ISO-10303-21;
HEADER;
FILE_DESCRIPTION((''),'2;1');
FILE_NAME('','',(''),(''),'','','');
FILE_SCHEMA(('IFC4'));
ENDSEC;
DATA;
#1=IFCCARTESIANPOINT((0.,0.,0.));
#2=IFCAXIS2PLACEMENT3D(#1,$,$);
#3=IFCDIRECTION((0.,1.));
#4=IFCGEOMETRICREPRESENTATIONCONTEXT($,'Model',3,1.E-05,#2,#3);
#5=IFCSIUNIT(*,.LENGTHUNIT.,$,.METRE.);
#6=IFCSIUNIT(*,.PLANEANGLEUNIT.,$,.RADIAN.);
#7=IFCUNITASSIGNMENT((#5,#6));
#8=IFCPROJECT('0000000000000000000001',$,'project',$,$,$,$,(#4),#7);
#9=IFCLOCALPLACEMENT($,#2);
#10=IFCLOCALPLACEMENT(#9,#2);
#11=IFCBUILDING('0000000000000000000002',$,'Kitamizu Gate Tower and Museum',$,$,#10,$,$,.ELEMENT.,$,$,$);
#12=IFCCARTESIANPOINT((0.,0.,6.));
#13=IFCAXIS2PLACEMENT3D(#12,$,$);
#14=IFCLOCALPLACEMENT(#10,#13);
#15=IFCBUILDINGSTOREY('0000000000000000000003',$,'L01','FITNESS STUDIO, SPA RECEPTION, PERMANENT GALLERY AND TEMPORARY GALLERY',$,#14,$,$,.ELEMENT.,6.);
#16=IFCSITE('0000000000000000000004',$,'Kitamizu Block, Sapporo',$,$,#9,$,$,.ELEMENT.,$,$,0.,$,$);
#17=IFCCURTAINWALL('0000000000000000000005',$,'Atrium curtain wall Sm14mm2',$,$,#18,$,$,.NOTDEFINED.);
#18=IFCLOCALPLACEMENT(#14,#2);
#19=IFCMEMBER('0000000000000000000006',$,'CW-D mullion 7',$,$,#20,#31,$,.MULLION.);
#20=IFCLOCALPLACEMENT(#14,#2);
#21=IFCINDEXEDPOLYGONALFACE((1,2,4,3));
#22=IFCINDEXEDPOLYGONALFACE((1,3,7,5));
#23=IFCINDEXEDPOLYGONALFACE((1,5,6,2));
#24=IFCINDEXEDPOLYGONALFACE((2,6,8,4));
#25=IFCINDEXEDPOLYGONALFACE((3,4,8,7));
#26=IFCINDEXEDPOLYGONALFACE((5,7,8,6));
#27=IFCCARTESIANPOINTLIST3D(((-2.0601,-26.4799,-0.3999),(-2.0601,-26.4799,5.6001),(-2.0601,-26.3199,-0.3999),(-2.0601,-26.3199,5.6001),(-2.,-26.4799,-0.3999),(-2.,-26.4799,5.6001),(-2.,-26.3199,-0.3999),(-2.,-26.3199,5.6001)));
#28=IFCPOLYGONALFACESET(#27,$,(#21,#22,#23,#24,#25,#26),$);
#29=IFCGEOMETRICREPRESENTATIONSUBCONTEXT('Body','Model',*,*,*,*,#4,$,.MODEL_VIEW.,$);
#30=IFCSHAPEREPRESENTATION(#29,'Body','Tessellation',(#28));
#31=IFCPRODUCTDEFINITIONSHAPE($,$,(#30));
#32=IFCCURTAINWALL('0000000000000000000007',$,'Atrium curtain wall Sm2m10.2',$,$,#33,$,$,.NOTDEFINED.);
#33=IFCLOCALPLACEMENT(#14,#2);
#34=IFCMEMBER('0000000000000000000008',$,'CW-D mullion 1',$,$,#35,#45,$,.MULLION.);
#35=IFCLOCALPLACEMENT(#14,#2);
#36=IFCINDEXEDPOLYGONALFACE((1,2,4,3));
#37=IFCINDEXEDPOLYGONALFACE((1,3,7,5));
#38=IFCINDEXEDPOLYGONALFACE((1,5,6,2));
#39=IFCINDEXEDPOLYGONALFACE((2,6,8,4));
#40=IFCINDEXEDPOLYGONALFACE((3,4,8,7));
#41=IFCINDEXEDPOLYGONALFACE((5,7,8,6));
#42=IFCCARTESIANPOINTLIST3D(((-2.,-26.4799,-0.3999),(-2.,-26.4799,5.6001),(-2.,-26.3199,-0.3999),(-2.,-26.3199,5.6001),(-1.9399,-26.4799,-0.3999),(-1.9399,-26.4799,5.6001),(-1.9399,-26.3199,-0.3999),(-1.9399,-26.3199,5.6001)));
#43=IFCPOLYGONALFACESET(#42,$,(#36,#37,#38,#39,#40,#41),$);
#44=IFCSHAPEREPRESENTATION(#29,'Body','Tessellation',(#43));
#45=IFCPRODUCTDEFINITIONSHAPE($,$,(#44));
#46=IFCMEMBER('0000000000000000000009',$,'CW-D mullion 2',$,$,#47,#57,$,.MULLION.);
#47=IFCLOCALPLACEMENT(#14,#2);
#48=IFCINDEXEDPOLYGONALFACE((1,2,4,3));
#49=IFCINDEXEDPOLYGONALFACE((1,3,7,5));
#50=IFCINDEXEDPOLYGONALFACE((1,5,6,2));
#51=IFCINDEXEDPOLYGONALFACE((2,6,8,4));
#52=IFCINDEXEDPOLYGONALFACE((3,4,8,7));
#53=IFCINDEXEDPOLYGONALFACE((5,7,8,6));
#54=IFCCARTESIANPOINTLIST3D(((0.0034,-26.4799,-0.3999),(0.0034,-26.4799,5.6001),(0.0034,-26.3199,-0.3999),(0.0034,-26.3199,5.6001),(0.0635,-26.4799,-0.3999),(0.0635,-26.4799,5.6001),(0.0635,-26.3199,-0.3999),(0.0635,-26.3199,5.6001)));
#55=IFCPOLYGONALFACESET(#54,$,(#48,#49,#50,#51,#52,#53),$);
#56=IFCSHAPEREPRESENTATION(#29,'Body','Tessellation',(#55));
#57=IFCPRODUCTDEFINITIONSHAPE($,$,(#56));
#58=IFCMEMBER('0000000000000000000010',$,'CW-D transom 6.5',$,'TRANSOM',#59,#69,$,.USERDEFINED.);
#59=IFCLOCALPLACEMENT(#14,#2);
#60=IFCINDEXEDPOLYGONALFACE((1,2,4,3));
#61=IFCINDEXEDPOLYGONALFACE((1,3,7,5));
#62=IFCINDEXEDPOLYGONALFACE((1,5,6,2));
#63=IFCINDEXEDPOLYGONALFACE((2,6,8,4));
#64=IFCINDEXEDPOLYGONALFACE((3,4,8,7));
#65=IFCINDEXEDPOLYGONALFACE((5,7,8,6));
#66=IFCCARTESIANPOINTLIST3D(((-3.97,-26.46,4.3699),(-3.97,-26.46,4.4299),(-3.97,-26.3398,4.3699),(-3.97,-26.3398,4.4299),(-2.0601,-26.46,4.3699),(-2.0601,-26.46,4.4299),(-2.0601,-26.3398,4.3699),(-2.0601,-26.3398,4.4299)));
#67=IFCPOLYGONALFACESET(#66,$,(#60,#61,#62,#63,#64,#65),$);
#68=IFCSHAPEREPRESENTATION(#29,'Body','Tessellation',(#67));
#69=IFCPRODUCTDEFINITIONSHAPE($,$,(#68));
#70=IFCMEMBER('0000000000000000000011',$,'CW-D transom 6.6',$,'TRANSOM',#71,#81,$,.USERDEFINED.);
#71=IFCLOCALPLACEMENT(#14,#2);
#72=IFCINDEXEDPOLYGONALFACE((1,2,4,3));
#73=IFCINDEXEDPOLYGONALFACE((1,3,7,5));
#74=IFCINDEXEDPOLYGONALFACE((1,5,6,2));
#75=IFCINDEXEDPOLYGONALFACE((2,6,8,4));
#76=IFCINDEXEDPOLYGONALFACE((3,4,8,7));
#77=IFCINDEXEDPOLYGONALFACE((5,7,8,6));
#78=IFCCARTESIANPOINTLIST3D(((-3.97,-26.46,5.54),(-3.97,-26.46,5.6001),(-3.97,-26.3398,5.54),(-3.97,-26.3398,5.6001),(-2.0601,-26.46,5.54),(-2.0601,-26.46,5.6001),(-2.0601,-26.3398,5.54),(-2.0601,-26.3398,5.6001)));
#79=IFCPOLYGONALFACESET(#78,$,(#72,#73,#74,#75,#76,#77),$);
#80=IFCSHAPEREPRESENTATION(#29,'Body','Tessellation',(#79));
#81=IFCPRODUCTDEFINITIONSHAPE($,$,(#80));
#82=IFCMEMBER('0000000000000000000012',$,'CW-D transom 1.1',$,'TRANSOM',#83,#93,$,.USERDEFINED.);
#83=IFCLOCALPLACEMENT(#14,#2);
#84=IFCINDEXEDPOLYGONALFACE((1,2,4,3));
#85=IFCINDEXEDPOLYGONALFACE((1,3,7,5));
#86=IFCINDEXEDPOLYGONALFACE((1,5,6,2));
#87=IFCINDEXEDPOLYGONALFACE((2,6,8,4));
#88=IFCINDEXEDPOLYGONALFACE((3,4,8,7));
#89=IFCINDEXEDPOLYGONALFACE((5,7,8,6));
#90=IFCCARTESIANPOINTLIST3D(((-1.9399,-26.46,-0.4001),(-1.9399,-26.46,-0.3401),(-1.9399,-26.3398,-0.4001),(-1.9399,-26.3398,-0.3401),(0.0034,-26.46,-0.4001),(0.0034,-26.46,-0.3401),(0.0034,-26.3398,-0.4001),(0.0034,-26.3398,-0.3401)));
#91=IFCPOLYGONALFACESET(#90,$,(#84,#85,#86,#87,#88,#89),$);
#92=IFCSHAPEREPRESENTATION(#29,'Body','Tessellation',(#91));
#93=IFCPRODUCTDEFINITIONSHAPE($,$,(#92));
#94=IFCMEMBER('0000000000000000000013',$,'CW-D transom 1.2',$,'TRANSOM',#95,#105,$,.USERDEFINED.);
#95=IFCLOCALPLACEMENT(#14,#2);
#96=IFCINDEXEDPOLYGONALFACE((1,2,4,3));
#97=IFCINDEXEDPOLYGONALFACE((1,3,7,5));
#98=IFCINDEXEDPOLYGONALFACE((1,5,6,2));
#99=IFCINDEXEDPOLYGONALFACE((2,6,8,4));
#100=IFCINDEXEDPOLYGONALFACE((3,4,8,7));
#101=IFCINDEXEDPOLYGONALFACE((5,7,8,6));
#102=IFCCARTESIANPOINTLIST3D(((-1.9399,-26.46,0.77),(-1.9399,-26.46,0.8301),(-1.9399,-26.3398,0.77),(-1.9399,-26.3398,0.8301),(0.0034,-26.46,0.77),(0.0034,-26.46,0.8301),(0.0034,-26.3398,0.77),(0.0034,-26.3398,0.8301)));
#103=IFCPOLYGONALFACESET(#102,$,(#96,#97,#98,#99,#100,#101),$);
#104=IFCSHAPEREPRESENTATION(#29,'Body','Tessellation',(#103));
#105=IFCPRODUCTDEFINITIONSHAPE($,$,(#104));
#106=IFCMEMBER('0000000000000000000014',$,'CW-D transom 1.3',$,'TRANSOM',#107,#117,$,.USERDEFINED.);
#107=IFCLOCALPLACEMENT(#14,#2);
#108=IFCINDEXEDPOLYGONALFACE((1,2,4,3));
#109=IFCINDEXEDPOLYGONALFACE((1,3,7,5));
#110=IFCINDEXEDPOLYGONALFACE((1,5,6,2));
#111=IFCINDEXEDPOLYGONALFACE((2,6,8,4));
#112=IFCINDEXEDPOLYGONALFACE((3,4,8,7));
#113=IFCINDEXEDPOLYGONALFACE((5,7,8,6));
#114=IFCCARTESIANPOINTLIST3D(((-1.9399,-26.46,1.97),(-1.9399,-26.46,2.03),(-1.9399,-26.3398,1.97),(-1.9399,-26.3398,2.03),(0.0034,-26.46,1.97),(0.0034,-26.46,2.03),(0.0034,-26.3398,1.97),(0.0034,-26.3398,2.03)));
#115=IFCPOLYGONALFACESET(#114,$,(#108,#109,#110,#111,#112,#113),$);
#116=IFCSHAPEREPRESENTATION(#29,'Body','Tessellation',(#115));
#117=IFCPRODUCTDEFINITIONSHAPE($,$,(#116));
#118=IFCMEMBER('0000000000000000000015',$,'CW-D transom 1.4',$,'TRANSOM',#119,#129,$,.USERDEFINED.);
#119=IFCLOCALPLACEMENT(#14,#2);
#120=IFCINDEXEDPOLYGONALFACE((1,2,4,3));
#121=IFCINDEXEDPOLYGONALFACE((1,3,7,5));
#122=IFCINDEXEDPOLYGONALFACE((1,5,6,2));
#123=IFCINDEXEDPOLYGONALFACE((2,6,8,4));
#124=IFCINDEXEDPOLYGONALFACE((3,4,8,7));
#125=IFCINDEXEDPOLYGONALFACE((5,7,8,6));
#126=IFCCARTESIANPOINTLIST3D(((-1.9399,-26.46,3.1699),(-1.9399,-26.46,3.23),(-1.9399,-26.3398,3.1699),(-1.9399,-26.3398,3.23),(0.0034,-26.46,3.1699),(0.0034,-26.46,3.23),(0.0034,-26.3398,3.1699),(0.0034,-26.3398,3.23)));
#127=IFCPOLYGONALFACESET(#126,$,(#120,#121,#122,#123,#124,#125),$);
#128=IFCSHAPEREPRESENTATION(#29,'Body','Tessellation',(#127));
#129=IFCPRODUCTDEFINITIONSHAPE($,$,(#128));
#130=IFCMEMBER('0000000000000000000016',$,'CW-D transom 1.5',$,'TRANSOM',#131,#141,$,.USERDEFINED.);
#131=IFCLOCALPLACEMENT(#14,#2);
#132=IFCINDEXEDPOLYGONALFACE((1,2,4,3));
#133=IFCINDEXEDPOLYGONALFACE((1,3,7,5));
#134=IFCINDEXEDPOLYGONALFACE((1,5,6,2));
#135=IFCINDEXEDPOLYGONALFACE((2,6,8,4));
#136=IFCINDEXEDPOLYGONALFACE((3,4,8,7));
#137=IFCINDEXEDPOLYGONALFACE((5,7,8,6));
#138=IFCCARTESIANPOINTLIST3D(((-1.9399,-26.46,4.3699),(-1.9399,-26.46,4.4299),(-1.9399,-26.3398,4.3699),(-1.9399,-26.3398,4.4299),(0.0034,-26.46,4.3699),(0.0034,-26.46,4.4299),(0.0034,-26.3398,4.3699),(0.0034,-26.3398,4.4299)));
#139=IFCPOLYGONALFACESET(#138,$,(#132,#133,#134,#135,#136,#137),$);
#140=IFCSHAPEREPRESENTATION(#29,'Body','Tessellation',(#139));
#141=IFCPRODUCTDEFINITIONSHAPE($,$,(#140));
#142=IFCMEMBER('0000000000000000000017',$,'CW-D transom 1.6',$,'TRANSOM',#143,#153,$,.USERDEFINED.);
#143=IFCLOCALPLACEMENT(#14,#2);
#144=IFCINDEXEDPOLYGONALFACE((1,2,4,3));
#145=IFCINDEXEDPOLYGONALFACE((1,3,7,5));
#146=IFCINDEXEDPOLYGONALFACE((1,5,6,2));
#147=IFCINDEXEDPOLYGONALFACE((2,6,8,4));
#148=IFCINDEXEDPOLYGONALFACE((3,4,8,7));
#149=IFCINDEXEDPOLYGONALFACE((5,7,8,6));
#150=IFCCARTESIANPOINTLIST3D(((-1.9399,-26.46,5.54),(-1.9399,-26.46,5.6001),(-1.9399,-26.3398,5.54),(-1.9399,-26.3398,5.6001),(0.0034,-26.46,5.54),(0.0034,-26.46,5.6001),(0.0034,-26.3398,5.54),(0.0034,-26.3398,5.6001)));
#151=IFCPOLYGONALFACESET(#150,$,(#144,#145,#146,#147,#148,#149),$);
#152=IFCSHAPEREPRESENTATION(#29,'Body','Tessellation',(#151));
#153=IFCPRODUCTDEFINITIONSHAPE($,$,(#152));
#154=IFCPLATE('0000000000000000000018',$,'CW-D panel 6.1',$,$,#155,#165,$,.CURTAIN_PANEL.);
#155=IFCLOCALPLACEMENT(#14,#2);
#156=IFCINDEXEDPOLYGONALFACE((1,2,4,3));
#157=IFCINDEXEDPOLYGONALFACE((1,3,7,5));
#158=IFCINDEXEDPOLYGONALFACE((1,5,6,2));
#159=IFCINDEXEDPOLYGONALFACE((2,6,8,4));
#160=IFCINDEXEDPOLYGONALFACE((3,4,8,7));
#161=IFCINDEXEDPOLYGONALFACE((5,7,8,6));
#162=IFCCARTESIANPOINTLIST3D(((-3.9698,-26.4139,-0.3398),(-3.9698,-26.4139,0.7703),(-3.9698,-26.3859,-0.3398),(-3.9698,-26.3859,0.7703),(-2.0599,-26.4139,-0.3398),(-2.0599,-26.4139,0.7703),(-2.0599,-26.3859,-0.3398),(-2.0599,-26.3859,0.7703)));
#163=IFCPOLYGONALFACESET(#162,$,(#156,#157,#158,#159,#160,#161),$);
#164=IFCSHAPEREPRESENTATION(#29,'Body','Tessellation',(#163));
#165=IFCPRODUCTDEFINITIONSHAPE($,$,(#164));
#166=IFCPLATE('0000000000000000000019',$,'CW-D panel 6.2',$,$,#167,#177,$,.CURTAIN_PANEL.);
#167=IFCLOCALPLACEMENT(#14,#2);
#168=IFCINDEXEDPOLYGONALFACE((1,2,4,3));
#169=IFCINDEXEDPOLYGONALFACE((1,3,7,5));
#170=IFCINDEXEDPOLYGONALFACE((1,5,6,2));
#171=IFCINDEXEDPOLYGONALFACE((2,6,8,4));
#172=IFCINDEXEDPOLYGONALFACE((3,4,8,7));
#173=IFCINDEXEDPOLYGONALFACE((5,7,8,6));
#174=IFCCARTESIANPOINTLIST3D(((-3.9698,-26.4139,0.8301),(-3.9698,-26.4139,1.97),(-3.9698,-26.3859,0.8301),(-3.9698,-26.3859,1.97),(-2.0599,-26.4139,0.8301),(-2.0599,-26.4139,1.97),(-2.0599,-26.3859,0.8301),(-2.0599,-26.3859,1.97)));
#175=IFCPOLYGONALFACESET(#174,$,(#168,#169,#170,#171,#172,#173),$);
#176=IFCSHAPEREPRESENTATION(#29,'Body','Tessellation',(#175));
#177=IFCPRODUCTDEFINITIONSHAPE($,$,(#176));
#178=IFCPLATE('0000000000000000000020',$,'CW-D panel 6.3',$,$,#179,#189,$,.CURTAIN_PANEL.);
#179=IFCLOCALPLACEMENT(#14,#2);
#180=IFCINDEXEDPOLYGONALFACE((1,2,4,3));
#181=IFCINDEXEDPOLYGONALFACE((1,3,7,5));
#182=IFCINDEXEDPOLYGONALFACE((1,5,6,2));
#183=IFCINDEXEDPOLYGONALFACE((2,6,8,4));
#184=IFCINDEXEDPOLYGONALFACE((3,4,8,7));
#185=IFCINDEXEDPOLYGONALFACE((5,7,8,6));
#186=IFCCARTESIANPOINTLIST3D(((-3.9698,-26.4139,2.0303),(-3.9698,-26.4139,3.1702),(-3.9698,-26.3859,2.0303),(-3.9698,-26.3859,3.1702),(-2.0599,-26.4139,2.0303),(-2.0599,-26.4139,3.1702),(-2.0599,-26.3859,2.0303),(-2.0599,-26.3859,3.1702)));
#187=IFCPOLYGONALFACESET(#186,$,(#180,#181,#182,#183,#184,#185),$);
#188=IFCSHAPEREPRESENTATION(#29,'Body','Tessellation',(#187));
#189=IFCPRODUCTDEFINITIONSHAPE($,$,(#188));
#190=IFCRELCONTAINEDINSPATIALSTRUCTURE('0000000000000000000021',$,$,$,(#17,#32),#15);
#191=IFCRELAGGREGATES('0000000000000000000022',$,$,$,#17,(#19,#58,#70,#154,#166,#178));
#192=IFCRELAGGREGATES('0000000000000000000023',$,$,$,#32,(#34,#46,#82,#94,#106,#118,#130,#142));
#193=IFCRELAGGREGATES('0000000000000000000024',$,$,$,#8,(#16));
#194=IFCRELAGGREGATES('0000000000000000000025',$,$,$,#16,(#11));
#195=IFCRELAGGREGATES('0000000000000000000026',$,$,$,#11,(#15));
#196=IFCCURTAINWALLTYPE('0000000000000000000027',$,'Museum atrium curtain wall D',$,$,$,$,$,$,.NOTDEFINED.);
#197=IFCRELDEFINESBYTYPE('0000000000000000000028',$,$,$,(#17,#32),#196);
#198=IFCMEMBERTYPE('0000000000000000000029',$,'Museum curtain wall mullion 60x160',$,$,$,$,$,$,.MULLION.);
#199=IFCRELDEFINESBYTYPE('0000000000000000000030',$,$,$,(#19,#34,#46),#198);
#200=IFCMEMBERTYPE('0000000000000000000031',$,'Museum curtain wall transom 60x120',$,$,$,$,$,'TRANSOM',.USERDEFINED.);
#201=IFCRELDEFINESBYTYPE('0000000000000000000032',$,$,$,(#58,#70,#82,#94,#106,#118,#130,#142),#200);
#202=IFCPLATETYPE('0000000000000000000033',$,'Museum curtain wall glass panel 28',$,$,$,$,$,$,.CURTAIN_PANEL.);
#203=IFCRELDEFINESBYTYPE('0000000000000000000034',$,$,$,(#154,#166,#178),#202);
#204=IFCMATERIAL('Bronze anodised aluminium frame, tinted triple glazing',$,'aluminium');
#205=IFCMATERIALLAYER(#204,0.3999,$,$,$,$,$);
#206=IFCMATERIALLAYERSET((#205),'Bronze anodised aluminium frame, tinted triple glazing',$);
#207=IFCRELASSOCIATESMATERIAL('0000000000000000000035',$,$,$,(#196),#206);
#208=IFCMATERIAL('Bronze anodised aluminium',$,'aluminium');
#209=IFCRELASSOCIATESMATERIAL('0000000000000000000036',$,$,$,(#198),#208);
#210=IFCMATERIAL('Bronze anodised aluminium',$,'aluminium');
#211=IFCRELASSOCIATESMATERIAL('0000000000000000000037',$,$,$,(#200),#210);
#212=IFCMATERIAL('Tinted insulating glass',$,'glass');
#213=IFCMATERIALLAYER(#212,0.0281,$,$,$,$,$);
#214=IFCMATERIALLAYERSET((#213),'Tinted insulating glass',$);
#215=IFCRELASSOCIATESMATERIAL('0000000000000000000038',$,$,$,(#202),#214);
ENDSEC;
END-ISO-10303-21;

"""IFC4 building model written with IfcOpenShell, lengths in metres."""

from ifc_helpers import new_model, si_unit, direction, frame, origin, origin_2d, place, context, subcontext, project, spatial, rectangle, extrude, material, layer, layer_set, material_profile, profile_set, type_object, element, aggregate, save


model = new_model("IFC4")

# Units and contexts
model_context = context("Model", 3, precision=1e-05, world=origin(), true_north=direction((0.0, 1.0)))
body_context = subcontext(model_context, "Body", "Model", "MODEL_VIEW")
ifc_project = project(units=[si_unit("LENGTHUNIT", "METRE"), si_unit("PLANEANGLEUNIT", "RADIAN")], contexts=[model_context])

# Site, building, storey
site_placement = place(None, origin())
site = spatial("IfcSite", under=ifc_project, at=site_placement, Name="Kitamizu Block, Sapporo", CompositionType="ELEMENT", RefElevation=0.0)
building_placement = place(site_placement, origin())
building = spatial("IfcBuilding", under=site, at=building_placement, Name="Kitamizu Gate Tower and Museum", CompositionType="ELEMENT")
storey_placement = place(building_placement, frame((0.0, 0.0, 6.0)))
storey = spatial("IfcBuildingStorey", under=building, at=storey_placement, Name="L01", Description="FITNESS STUDIO, SPA RECEPTION, PERMANENT GALLERY AND TEMPORARY GALLERY", CompositionType="ELEMENT", Elevation=6.0)

# Curtain wall, member
ifc_material_1 = material(Name="Bronze anodised aluminium frame, tinted triple glazing", Category="aluminium")
ifc_layer_1 = layer(ifc_material_1, 0.3999)
ifc_layer_set_1 = layer_set([ifc_layer_1], Name="Bronze anodised aluminium frame, tinted triple glazing")
curtain_wall_type = type_object("IfcCurtainWallType", Name="Museum atrium curtain wall D", PredefinedType="NOTDEFINED", material=ifc_layer_set_1)
curtain_wall_1_placement = place(storey_placement, origin())
curtain_wall_1 = element("IfcCurtainWall", 1, at=curtain_wall_1_placement, inside=storey, type_object=curtain_wall_type, Name="Atrium curtain wall Sm14mm2", PredefinedType="NOTDEFINED")
ifc_material_2 = material(Name="Bronze anodised aluminium", Category="aluminium")
ifc_material_profile_1 = material_profile(ifc_material_2, rectangle(XDim=0.0601, YDim=0.1599, at=origin_2d()), Name="60x160")
ifc_profile_set_1 = profile_set([ifc_material_profile_1], Name="Bronze anodised aluminium")
member_type_1 = type_object("IfcMemberType", Name="Museum curtain wall mullion 60x160", PredefinedType="MULLION", material=ifc_profile_set_1)
member_1_placement = place(storey_placement, frame((-2.03, -26.3999, -0.3999), z_axis=(0.0, 0.0, 1.0), x_axis=(1.0, 0.0, 0.0)))
member_1 = element("IfcMember", 2, at=member_1_placement, type_object=member_type_1, Name="CW-D mullion 7", PredefinedType="MULLION", context=body_context, shape_type="SweptSolid", body=[
    extrude(rectangle(XDim=0.0601, YDim=0.1599, at=origin_2d()), origin(), (0.0, 0.0, 1.0), 6.0),
])

# Curtain wall, members
curtain_wall_2_placement = place(storey_placement, origin())
curtain_wall_2 = element("IfcCurtainWall", 3, at=curtain_wall_2_placement, inside=storey, type_object=curtain_wall_type, Name="Atrium curtain wall Sm2m10.2", PredefinedType="NOTDEFINED")
member_2_placement = place(storey_placement, frame((-1.97, -26.3999, -0.3999), z_axis=(0.0, 0.0, 1.0), x_axis=(1.0, 0.0, 0.0)))
member_2 = element("IfcMember", 4, at=member_2_placement, type_object=member_type_1, Name="CW-D mullion 1", PredefinedType="MULLION", context=body_context, shape_type="SweptSolid", body=[
    extrude(rectangle(XDim=0.0601, YDim=0.1599, at=origin_2d()), origin(), (0.0, 0.0, 1.0), 6.0),
])
member_3_placement = place(storey_placement, frame((0.0334, -26.3999, -0.3999), z_axis=(0.0, 0.0, 1.0), x_axis=(1.0, 0.0, 0.0)))
member_3 = element("IfcMember", 5, at=member_3_placement, type_object=member_type_1, Name="CW-D mullion 2", PredefinedType="MULLION", context=body_context, shape_type="SweptSolid", body=[
    extrude(rectangle(XDim=0.0601, YDim=0.1599, at=origin_2d()), origin(), (0.0, 0.0, 1.0), 6.0),
])

# Members
ifc_material_3 = material(Name="Bronze anodised aluminium", Category="aluminium")
ifc_material_profile_2 = material_profile(ifc_material_3, rectangle(XDim=0.1201, YDim=0.0601, at=origin_2d()), Name="120x60")
ifc_profile_set_2 = profile_set([ifc_material_profile_2], Name="Bronze anodised aluminium")
member_type_2 = type_object("IfcMemberType", Name="Museum curtain wall transom 60x120", ElementType="TRANSOM", PredefinedType="USERDEFINED", material=ifc_profile_set_2)
member_4_placement = place(storey_placement, frame((-3.97, -26.3999, 4.3999), z_axis=(1.0, 0.0, 0.0), x_axis=(0.0, 1.0, 0.0)))
member_4 = element("IfcMember", 6, at=member_4_placement, type_object=member_type_2, Name="CW-D transom 6.5", ObjectType="TRANSOM", PredefinedType="USERDEFINED", context=body_context, shape_type="SweptSolid", body=[
    extrude(rectangle(XDim=0.1201, YDim=0.0601, at=origin_2d()), origin(), (0.0, 0.0, 1.0), 1.9099),
])
member_5_placement = place(storey_placement, frame((-3.97, -26.3999, 5.5701), z_axis=(1.0, 0.0, 0.0), x_axis=(0.0, 1.0, 0.0)))
member_5 = element("IfcMember", 7, at=member_5_placement, type_object=member_type_2, Name="CW-D transom 6.6", ObjectType="TRANSOM", PredefinedType="USERDEFINED", context=body_context, shape_type="SweptSolid", body=[
    extrude(rectangle(XDim=0.1201, YDim=0.0601, at=origin_2d()), origin(), (0.0, 0.0, 1.0), 1.9099),
])
member_6_placement = place(storey_placement, frame((-1.9399, -26.3999, -0.3701), z_axis=(1.0, 0.0, 0.0), x_axis=(0.0, 1.0, 0.0)))
member_6 = element("IfcMember", 8, at=member_6_placement, type_object=member_type_2, Name="CW-D transom 1.1", ObjectType="TRANSOM", PredefinedType="USERDEFINED", context=body_context, shape_type="SweptSolid", body=[
    extrude(rectangle(XDim=0.1201, YDim=0.0601, at=origin_2d()), origin(), (0.0, 0.0, 1.0), 1.9434),
])
member_7_placement = place(storey_placement, frame((-1.9399, -26.3999, 0.8), z_axis=(1.0, 0.0, 0.0), x_axis=(0.0, 1.0, 0.0)))
member_7 = element("IfcMember", 9, at=member_7_placement, type_object=member_type_2, Name="CW-D transom 1.2", ObjectType="TRANSOM", PredefinedType="USERDEFINED", context=body_context, shape_type="SweptSolid", body=[
    extrude(rectangle(XDim=0.1201, YDim=0.0601, at=origin_2d()), origin(), (0.0, 0.0, 1.0), 1.9434),
])
member_8_placement = place(storey_placement, frame((-1.9399, -26.3999, 2.0), z_axis=(1.0, 0.0, 0.0), x_axis=(0.0, 1.0, 0.0)))
member_8 = element("IfcMember", 10, at=member_8_placement, type_object=member_type_2, Name="CW-D transom 1.3", ObjectType="TRANSOM", PredefinedType="USERDEFINED", context=body_context, shape_type="SweptSolid", body=[
    extrude(rectangle(XDim=0.1201, YDim=0.0601, at=origin_2d()), origin(), (0.0, 0.0, 1.0), 1.9434),
])
member_9_placement = place(storey_placement, frame((-1.9399, -26.3999, 3.2), z_axis=(1.0, 0.0, 0.0), x_axis=(0.0, 1.0, 0.0)))
member_9 = element("IfcMember", 11, at=member_9_placement, type_object=member_type_2, Name="CW-D transom 1.4", ObjectType="TRANSOM", PredefinedType="USERDEFINED", context=body_context, shape_type="SweptSolid", body=[
    extrude(rectangle(XDim=0.1201, YDim=0.0601, at=origin_2d()), origin(), (0.0, 0.0, 1.0), 1.9434),
])
member_10_placement = place(storey_placement, frame((-1.9399, -26.3999, 4.3999), z_axis=(1.0, 0.0, 0.0), x_axis=(0.0, 1.0, 0.0)))
member_10 = element("IfcMember", 12, at=member_10_placement, type_object=member_type_2, Name="CW-D transom 1.5", ObjectType="TRANSOM", PredefinedType="USERDEFINED", context=body_context, shape_type="SweptSolid", body=[
    extrude(rectangle(XDim=0.1201, YDim=0.0601, at=origin_2d()), origin(), (0.0, 0.0, 1.0), 1.9434),
])
member_11_placement = place(storey_placement, frame((-1.9399, -26.3999, 5.5701), z_axis=(1.0, 0.0, 0.0), x_axis=(0.0, 1.0, 0.0)))
member_11 = element("IfcMember", 13, at=member_11_placement, type_object=member_type_2, Name="CW-D transom 1.6", ObjectType="TRANSOM", PredefinedType="USERDEFINED", context=body_context, shape_type="SweptSolid", body=[
    extrude(rectangle(XDim=0.1201, YDim=0.0601, at=origin_2d()), origin(), (0.0, 0.0, 1.0), 1.9434),
])

# Plates
ifc_material_4 = material(Name="Tinted insulating glass", Category="glass")
ifc_layer_2 = layer(ifc_material_4, 0.0281)
ifc_layer_set_2 = layer_set([ifc_layer_2], Name="Tinted insulating glass")
plate_type = type_object("IfcPlateType", Name="Museum curtain wall glass panel 28", PredefinedType="CURTAIN_PANEL", material=ifc_layer_set_2)
plate_1_placement = place(storey_placement, frame((-3.0149, -26.3999, -0.3398), z_axis=(0.0, 0.0, 1.0), x_axis=(1.0, 0.0, 0.0)))
plate_1 = element("IfcPlate", 14, at=plate_1_placement, type_object=plate_type, Name="CW-D panel 6.1", PredefinedType="CURTAIN_PANEL", context=body_context, shape_type="SweptSolid", body=[
    extrude(rectangle(XDim=1.9099, YDim=0.0281, at=origin_2d()), origin(), (0.0, 0.0, 1.0), 1.1101),
])
plate_2_placement = place(storey_placement, frame((-3.0149, -26.3999, 0.8301), z_axis=(0.0, 0.0, 1.0), x_axis=(1.0, 0.0, 0.0)))
plate_2 = element("IfcPlate", 15, at=plate_2_placement, type_object=plate_type, Name="CW-D panel 6.2", PredefinedType="CURTAIN_PANEL", context=body_context, shape_type="SweptSolid", body=[
    extrude(rectangle(XDim=1.9099, YDim=0.0281, at=origin_2d()), origin(), (0.0, 0.0, 1.0), 1.1399),
])
plate_3_placement = place(storey_placement, frame((-3.0149, -26.3999, 2.0303), z_axis=(0.0, 0.0, 1.0), x_axis=(1.0, 0.0, 0.0)))
plate_3 = element("IfcPlate", 16, at=plate_3_placement, type_object=plate_type, Name="CW-D panel 6.3", PredefinedType="CURTAIN_PANEL", context=body_context, shape_type="SweptSolid", body=[
    extrude(rectangle(XDim=1.9099, YDim=0.0281, at=origin_2d()), origin(), (0.0, 0.0, 1.0), 1.1399),
])
aggregate(curtain_wall_1, [member_1, member_4, member_5, plate_1, plate_2, plate_3])
aggregate(curtain_wall_2, [member_2, member_3, member_6, member_7, member_8, member_9, member_10, member_11])

save(model, "model.ifc")
